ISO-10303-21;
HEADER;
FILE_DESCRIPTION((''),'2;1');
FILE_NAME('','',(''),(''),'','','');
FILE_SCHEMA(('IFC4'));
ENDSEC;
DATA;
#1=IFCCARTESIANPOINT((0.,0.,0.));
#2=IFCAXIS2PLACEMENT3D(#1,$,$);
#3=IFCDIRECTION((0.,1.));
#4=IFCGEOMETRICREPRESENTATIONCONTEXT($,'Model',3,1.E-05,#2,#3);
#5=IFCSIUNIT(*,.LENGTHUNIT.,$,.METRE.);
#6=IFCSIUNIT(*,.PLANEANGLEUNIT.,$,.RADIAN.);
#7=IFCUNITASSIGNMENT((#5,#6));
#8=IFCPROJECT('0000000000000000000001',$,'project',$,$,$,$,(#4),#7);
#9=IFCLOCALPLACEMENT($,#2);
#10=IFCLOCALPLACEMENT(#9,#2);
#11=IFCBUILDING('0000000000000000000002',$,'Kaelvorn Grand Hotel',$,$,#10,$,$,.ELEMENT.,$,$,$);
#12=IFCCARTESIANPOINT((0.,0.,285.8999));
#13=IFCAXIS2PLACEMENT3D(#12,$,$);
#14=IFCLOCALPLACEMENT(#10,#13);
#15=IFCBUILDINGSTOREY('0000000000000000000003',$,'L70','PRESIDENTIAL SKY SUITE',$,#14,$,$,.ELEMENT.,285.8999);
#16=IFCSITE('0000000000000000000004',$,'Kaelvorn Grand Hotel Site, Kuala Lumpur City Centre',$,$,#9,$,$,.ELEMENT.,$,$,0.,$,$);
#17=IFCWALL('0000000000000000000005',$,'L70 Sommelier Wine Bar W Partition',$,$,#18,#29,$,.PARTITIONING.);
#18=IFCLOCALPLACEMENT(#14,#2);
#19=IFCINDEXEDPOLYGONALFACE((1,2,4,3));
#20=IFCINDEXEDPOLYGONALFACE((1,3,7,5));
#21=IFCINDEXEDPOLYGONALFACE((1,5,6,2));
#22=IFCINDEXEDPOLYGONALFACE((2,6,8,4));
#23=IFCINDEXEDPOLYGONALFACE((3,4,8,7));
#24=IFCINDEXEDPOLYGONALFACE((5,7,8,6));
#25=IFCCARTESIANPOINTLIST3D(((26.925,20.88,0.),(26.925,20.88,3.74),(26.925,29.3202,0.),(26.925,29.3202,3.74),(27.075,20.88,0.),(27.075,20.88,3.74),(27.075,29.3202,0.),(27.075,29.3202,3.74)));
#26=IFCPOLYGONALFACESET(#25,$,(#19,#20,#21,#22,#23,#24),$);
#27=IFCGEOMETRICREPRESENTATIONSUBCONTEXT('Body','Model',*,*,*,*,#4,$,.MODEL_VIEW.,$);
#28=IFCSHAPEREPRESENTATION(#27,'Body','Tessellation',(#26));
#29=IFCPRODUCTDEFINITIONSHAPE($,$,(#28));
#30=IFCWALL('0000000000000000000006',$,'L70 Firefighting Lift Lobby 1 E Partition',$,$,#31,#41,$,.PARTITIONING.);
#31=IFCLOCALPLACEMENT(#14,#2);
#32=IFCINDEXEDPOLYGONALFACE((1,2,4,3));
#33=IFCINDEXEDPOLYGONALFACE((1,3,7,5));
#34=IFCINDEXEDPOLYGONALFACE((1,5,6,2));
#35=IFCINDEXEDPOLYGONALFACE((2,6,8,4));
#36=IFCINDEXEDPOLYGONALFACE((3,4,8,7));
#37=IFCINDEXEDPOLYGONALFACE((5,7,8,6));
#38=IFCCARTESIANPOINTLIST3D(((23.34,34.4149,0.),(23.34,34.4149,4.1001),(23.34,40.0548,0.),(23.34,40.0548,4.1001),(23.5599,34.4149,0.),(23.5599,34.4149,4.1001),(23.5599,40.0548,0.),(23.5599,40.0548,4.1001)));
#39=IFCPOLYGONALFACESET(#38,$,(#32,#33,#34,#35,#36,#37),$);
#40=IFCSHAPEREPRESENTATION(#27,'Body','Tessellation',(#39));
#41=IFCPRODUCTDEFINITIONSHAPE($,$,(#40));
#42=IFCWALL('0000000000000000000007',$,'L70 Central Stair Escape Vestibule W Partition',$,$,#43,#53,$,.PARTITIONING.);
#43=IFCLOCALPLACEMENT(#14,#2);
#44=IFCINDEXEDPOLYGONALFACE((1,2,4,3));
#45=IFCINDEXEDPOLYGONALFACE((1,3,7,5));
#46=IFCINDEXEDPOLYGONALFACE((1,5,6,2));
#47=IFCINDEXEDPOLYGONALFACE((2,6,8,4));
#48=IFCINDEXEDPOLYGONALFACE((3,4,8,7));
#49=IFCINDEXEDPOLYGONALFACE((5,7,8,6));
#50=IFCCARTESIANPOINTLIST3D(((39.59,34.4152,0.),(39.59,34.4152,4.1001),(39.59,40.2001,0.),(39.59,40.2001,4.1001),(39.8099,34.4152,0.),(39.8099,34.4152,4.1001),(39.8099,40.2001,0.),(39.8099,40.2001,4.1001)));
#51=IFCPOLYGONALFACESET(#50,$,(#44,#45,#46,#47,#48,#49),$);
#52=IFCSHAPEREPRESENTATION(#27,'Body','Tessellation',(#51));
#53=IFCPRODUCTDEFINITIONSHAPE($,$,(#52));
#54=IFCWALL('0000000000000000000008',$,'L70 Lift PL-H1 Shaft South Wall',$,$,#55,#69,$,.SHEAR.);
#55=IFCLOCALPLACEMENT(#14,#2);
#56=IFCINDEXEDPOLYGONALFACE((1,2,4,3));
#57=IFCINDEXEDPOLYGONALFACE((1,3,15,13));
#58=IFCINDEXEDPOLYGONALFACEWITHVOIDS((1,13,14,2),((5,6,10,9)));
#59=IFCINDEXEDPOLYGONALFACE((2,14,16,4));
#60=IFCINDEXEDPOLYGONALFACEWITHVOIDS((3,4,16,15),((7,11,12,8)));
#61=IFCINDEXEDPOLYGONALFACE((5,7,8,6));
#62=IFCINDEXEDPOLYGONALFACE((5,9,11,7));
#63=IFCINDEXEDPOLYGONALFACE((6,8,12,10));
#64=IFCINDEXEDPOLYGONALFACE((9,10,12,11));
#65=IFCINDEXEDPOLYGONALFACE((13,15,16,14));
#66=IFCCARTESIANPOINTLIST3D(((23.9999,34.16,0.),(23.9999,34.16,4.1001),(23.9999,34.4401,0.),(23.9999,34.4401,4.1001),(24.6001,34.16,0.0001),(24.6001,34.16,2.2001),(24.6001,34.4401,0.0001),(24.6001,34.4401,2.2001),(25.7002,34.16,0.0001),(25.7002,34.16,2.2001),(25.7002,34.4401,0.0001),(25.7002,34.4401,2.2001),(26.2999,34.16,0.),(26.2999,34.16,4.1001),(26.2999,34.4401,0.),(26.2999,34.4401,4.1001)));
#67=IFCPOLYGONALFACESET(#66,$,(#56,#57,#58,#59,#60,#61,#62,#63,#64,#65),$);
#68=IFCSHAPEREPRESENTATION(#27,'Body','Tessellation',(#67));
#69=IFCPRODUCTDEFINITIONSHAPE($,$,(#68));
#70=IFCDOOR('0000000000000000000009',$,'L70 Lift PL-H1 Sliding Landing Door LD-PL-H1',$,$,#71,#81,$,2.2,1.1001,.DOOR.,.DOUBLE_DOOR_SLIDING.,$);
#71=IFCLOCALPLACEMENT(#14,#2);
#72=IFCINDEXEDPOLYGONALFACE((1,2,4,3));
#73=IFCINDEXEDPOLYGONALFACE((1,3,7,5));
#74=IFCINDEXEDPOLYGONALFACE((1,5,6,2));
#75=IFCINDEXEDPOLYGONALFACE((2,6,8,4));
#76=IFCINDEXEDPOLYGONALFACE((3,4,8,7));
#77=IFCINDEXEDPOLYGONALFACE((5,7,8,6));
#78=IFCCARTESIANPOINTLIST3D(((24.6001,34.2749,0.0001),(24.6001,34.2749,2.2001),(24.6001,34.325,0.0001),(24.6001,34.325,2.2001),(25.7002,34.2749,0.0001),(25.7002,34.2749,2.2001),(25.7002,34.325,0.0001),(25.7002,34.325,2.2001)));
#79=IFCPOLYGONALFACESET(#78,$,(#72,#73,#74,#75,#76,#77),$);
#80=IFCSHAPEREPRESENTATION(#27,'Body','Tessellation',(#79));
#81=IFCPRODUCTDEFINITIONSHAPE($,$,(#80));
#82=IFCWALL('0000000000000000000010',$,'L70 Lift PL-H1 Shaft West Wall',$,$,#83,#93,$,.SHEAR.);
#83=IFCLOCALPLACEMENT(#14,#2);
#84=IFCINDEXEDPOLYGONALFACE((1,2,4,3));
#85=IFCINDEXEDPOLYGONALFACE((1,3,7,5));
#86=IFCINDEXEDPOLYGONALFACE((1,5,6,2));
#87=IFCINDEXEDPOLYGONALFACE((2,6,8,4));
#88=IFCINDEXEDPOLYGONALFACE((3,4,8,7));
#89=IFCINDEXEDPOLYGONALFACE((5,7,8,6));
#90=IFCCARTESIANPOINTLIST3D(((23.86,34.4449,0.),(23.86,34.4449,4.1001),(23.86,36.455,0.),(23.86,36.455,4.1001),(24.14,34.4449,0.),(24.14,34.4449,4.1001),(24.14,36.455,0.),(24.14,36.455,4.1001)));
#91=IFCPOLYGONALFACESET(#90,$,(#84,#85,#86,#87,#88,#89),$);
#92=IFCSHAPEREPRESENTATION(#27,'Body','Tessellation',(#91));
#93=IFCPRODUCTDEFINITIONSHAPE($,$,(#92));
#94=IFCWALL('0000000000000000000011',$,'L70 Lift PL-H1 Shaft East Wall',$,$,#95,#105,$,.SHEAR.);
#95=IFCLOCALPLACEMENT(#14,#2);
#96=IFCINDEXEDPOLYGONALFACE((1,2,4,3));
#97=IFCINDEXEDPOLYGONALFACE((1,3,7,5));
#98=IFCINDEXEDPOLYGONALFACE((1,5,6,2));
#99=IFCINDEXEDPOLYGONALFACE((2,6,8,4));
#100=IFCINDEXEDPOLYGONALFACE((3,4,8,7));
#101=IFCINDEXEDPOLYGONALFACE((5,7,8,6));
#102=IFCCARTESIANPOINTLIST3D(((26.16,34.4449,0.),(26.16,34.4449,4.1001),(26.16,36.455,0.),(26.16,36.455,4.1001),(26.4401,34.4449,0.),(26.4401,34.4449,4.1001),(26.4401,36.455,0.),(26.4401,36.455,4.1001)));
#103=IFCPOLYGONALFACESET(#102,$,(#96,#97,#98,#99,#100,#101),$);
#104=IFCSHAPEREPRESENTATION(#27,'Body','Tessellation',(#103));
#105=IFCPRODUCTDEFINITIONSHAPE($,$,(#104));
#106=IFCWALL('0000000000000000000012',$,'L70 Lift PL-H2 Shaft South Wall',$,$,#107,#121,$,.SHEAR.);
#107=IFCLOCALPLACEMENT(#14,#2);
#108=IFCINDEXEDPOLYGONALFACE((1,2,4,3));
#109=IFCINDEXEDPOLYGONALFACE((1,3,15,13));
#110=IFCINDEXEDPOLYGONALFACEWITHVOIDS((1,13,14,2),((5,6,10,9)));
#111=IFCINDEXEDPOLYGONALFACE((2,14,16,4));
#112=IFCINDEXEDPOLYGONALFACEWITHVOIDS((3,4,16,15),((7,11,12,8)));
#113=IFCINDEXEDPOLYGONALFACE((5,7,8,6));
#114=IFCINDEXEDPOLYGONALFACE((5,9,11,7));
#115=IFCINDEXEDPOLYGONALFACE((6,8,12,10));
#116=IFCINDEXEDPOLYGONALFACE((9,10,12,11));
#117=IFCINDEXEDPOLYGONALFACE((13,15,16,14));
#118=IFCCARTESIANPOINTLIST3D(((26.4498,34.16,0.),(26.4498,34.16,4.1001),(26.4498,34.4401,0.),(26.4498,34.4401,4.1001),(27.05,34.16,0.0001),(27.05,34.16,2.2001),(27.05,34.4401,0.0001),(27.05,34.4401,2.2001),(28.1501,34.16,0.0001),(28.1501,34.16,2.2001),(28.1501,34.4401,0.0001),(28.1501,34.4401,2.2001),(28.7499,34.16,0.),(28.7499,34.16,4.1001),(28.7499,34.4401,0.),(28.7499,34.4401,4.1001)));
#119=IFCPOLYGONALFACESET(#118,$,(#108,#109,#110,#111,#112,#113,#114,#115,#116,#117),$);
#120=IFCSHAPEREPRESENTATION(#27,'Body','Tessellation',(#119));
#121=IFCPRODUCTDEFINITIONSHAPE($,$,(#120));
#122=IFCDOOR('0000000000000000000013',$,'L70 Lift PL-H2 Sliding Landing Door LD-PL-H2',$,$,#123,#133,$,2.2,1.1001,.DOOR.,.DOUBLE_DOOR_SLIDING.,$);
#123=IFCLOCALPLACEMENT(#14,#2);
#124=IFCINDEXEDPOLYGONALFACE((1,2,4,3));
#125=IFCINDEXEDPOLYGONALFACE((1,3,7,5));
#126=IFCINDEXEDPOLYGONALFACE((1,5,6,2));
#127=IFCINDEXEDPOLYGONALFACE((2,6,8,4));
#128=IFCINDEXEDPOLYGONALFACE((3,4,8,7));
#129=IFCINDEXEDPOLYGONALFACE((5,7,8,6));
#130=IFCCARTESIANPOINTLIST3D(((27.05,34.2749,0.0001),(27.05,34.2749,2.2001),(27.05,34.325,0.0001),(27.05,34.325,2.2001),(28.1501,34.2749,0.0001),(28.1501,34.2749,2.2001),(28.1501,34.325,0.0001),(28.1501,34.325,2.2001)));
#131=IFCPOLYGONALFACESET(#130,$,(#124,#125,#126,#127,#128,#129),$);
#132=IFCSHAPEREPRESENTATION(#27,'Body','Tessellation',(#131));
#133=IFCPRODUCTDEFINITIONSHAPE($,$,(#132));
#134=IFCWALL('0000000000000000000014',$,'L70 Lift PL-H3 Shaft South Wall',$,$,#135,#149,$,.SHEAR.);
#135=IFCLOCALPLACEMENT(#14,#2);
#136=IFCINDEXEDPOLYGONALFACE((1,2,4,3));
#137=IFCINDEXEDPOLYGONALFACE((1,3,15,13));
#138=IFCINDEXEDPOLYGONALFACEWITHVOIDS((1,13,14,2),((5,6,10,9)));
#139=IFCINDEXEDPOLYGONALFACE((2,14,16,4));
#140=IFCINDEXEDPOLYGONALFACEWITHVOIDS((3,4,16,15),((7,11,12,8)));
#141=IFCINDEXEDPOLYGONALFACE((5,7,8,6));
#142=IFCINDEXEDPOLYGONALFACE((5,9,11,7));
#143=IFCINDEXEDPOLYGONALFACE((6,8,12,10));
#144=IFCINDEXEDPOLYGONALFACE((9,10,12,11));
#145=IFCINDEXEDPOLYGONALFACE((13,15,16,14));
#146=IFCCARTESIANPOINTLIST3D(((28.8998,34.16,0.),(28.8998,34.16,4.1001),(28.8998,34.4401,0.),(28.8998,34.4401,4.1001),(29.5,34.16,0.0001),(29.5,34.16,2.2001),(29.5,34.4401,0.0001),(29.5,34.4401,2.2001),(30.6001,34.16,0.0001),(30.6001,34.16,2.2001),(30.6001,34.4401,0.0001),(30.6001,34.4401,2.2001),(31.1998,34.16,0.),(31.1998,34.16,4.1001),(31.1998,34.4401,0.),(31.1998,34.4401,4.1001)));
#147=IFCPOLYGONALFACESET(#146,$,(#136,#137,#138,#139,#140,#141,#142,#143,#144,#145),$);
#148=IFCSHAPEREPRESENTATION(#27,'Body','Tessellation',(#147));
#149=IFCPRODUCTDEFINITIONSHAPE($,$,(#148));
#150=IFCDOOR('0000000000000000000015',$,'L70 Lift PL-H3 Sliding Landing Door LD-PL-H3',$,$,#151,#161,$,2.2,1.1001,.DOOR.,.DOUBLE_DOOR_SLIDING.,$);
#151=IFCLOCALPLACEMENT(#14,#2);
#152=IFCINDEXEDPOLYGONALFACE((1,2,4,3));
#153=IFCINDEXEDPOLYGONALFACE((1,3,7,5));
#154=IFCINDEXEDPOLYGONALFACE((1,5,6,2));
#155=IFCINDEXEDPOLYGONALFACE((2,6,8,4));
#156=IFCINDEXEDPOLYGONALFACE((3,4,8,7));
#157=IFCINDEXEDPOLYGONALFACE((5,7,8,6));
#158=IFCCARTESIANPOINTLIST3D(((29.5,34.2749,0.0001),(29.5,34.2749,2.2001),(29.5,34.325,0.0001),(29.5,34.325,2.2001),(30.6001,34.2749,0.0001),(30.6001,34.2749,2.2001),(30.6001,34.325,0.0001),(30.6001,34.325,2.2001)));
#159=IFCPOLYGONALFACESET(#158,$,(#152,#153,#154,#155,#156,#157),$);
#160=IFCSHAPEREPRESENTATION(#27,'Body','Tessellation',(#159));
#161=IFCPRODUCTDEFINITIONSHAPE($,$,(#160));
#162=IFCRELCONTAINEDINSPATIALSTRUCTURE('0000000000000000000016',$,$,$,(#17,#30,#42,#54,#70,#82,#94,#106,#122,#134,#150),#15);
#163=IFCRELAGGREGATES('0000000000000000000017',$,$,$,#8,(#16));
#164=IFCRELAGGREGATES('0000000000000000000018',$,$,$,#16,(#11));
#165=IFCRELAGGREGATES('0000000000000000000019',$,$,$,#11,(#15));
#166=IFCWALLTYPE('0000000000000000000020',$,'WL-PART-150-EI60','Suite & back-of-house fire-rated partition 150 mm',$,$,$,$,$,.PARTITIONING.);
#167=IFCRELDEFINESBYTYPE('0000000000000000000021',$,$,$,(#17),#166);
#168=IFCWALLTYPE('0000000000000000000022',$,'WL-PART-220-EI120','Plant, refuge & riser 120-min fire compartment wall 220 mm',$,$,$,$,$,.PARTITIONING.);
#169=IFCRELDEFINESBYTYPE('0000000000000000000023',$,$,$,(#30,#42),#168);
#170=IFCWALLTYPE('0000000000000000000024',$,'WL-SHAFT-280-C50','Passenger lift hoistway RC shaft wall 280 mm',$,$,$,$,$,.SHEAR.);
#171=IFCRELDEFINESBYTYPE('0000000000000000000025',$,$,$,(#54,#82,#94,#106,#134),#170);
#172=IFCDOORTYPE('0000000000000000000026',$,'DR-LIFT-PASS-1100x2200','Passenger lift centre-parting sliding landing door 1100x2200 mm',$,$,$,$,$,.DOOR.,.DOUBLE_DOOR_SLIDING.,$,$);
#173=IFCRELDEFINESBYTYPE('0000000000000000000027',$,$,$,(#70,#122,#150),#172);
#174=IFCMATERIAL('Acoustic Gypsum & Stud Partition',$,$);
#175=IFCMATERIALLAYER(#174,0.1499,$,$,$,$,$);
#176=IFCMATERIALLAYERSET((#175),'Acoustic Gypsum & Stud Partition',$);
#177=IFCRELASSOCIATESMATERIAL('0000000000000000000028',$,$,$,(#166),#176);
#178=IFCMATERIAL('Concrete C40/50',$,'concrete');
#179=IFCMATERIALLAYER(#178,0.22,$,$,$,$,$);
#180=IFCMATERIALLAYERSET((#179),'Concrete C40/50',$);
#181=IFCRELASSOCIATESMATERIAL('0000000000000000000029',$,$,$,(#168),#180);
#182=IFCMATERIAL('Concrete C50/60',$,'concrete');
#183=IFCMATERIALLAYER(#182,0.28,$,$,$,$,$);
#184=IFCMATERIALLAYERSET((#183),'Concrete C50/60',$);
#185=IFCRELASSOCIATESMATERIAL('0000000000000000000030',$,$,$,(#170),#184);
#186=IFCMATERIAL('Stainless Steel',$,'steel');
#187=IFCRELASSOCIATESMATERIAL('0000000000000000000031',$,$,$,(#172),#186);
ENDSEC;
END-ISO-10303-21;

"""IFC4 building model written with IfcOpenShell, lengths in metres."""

from ifc_helpers import new_model, si_unit, direction, frame, frame_2d, origin, place, context, subcontext, project, spatial, rectangle, extrude, material, layer, layer_set, type_object, element, fill, save


model = new_model("IFC4")

# Units and contexts
model_context = context("Model", 3, precision=1e-05, world=origin(), true_north=direction((0.0, 1.0)))
body_context = subcontext(model_context, "Body", "Model", "MODEL_VIEW")
ifc_project = project(units=[si_unit("LENGTHUNIT", "METRE"), si_unit("PLANEANGLEUNIT", "RADIAN")], contexts=[model_context])

# Site, building, storey
site_placement = place(None, origin())
site = spatial("IfcSite", under=ifc_project, at=site_placement, Name="Kaelvorn Grand Hotel Site, Kuala Lumpur City Centre", CompositionType="ELEMENT", RefElevation=0.0)
building_placement = place(site_placement, origin())
building = spatial("IfcBuilding", under=site, at=building_placement, Name="Kaelvorn Grand Hotel", CompositionType="ELEMENT")
storey_placement = place(building_placement, frame((0.0, 0.0, 285.8999)))
storey = spatial("IfcBuildingStorey", under=building, at=storey_placement, Name="L70", Description="PRESIDENTIAL SKY SUITE", CompositionType="ELEMENT", Elevation=285.8999)

# Shared definitions
ifc_material_1 = material(Name="Concrete C50/60", Category="concrete")

# Shared definitions
ifc_material_2 = material(Name="Acoustic Gypsum & Stud Partition")
ifc_layer_1 = layer(ifc_material_2, 0.1499)
ifc_layer_set_1 = layer_set([ifc_layer_1], Name="Acoustic Gypsum & Stud Partition")
wall_type_1 = type_object("IfcWallType", Name="WL-PART-150-EI60", Description="Suite & back-of-house fire-rated partition 150 mm", PredefinedType="PARTITIONING", material=ifc_layer_set_1)

# Walls
wall_1_placement = place(storey_placement, frame((27.0, 20.8799, 0.0), z_axis=(0.0, 0.0, 1.0), x_axis=(0.0, 1.0, 0.0)))
element("IfcWall", 1, at=wall_1_placement, inside=storey, type_object=wall_type_1, Name="L70 Sommelier Wine Bar W Partition", PredefinedType="PARTITIONING", context=body_context, shape_type="SweptSolid", body=[
    extrude(rectangle(XDim=8.4402, YDim=0.1499, at=frame_2d((4.2202, 0.0))), origin(), (0.0, 0.0, 1.0), 3.74),
])
ifc_material_3 = material(Name="Concrete C40/50", Category="concrete")
ifc_layer_2 = layer(ifc_material_3, 0.22)
ifc_layer_set_2 = layer_set([ifc_layer_2], Name="Concrete C40/50")
wall_type_2 = type_object("IfcWallType", Name="WL-PART-220-EI120", Description="Plant, refuge & riser 120-min fire compartment wall 220 mm", PredefinedType="PARTITIONING", material=ifc_layer_set_2)
wall_2_placement = place(storey_placement, frame((23.45, 34.415, 0.0), z_axis=(0.0, 0.0, 1.0), x_axis=(0.0, 1.0, 0.0)))
element("IfcWall", 2, at=wall_2_placement, inside=storey, type_object=wall_type_2, Name="L70 Firefighting Lift Lobby 1 E Partition", PredefinedType="PARTITIONING", context=body_context, shape_type="SweptSolid", body=[
    extrude(rectangle(XDim=5.6399, YDim=0.22, at=frame_2d((2.8198, 0.0))), origin(), (0.0, 0.0, 1.0), 4.1001),
])

# Wall
wall_3_placement = place(storey_placement, frame((39.7, 34.415, 0.0), z_axis=(0.0, 0.0, 1.0), x_axis=(0.0, 1.0, 0.0)))
element("IfcWall", 3, at=wall_3_placement, inside=storey, type_object=wall_type_2, Name="L70 Central Stair Escape Vestibule W Partition", PredefinedType="PARTITIONING", context=body_context, shape_type="SweptSolid", body=[
    extrude(rectangle(XDim=5.7849, YDim=0.22, at=frame_2d((2.8926, 0.0))), origin(), (0.0, 0.0, 1.0), 4.1001),
])

# Wall, opening, door
ifc_layer_3 = layer(ifc_material_1, 0.28)
ifc_layer_set_3 = layer_set([ifc_layer_3], Name="Concrete C50/60")
wall_type_3 = type_object("IfcWallType", Name="WL-SHAFT-280-C50", Description="Passenger lift hoistway RC shaft wall 280 mm", PredefinedType="SHEAR", material=ifc_layer_set_3)
wall_4_placement = place(storey_placement, frame((24.0, 34.3, 0.0), z_axis=(0.0, 0.0, 1.0), x_axis=(1.0, 0.0, 0.0)))
wall_4 = element("IfcWall", 4, at=wall_4_placement, inside=storey, type_object=wall_type_3, Name="L70 Lift PL-H1 Shaft South Wall", PredefinedType="SHEAR", context=body_context, shape_type="SweptSolid", body=[
    extrude(rectangle(XDim=2.3, YDim=0.28, at=frame_2d((1.1499, 0.0))), origin(), (0.0, 0.0, 1.0), 4.1001),
])
opening_1_placement = place(wall_4_placement, frame((0.6001, 0.0, 0.0)))
opening_1 = element("IfcOpeningElement", 5, at=opening_1_placement, cuts=wall_4, PredefinedType="OPENING", context=body_context, shape_type="SweptSolid", body=[
    extrude(rectangle(XDim=1.1001, YDim=2.2, at=frame_2d((0.55, 1.1001))), frame((0.0, 0.1499, 0.0), z_axis=(0.0, -1.0, 0.0), x_axis=(1.0, 0.0, 0.0)), (0.0, 0.0, 1.0), 0.3),
])
ifc_material_4 = material(Name="Stainless Steel", Category="steel")
door_type_1 = type_object("IfcDoorType", Name="DR-LIFT-PASS-1100x2200", Description="Passenger lift centre-parting sliding landing door 1100x2200 mm", OperationType="DOUBLE_DOOR_SLIDING", PredefinedType="DOOR", material=ifc_material_4)
door_1_placement = place(opening_1_placement, origin())
door_1 = element("IfcDoor", 6, at=door_1_placement, inside=storey, type_object=door_type_1, Name="L70 Lift PL-H1 Sliding Landing Door LD-PL-H1", OperationType="DOUBLE_DOOR_SLIDING", OverallHeight=2.2, OverallWidth=1.1001, PredefinedType="DOOR", context=body_context, shape_type="SweptSolid", body=[
    extrude(rectangle(XDim=1.1001, YDim=2.2, at=frame_2d((0.55, 1.1001))), frame((0.0, 0.0249, 0.0), z_axis=(0.0, -1.0, 0.0), x_axis=(1.0, 0.0, 0.0)), (0.0, 0.0, 1.0), 0.05),
])
fill(opening_1, door_1)

# Walls
for number, where, z_axis, x_axis, name in (
    (7, (24.0, 34.4451, 0.0), (0.0, 0.0, 1.0), (0.0, 1.0, 0.0), "L70 Lift PL-H1 Shaft West Wall"),
    (8, (26.3, 34.4451, 0.0), (0.0, 0.0, 1.0), (0.0, 1.0, 0.0), "L70 Lift PL-H1 Shaft East Wall"),
):
    element("IfcWall", number, at=place(storey_placement, frame(where, z_axis=z_axis, x_axis=x_axis)), inside=storey, type_object=wall_type_3, Name=name, PredefinedType="SHEAR", context=body_context, shape_type="SweptSolid", body=[
        extrude(rectangle(XDim=2.01, YDim=0.28, at=frame_2d((1.0049, 0.0))), origin(), (0.0, 0.0, 1.0), 4.1001),
    ])

# Walls, openings, doors
wall_5_placement = place(storey_placement, frame((26.45, 34.3, 0.0), z_axis=(0.0, 0.0, 1.0), x_axis=(1.0, 0.0, 0.0)))
wall_5 = element("IfcWall", 9, at=wall_5_placement, inside=storey, type_object=wall_type_3, Name="L70 Lift PL-H2 Shaft South Wall", PredefinedType="SHEAR", context=body_context, shape_type="SweptSolid", body=[
    extrude(rectangle(XDim=2.3, YDim=0.28, at=frame_2d((1.1499, 0.0))), origin(), (0.0, 0.0, 1.0), 4.1001),
])
opening_2_placement = place(wall_5_placement, frame((0.6001, 0.0, 0.0)))
opening_2 = element("IfcOpeningElement", 10, at=opening_2_placement, cuts=wall_5, PredefinedType="OPENING", context=body_context, shape_type="SweptSolid", body=[
    extrude(rectangle(XDim=1.1001, YDim=2.2, at=frame_2d((0.55, 1.1001))), frame((0.0, 0.1499, 0.0), z_axis=(0.0, -1.0, 0.0), x_axis=(1.0, 0.0, 0.0)), (0.0, 0.0, 1.0), 0.3),
])
door_2_placement = place(opening_2_placement, origin())
door_2 = element("IfcDoor", 11, at=door_2_placement, inside=storey, type_object=door_type_1, Name="L70 Lift PL-H2 Sliding Landing Door LD-PL-H2", OperationType="DOUBLE_DOOR_SLIDING", OverallHeight=2.2, OverallWidth=1.1001, PredefinedType="DOOR", context=body_context, shape_type="SweptSolid", body=[
    extrude(rectangle(XDim=1.1001, YDim=2.2, at=frame_2d((0.55, 1.1001))), frame((0.0, 0.0249, 0.0), z_axis=(0.0, -1.0, 0.0), x_axis=(1.0, 0.0, 0.0)), (0.0, 0.0, 1.0), 0.05),
])
fill(opening_2, door_2)
wall_6_placement = place(storey_placement, frame((28.8999, 34.3, 0.0), z_axis=(0.0, 0.0, 1.0), x_axis=(1.0, 0.0, 0.0)))
wall_6 = element("IfcWall", 12, at=wall_6_placement, inside=storey, type_object=wall_type_3, Name="L70 Lift PL-H3 Shaft South Wall", PredefinedType="SHEAR", context=body_context, shape_type="SweptSolid", body=[
    extrude(rectangle(XDim=2.3, YDim=0.28, at=frame_2d((1.1499, 0.0))), origin(), (0.0, 0.0, 1.0), 4.1001),
])
opening_3_placement = place(wall_6_placement, frame((0.6001, 0.0, 0.0)))
opening_3 = element("IfcOpeningElement", 13, at=opening_3_placement, cuts=wall_6, PredefinedType="OPENING", context=body_context, shape_type="SweptSolid", body=[
    extrude(rectangle(XDim=1.1001, YDim=2.2, at=frame_2d((0.55, 1.1001))), frame((0.0, 0.1499, 0.0), z_axis=(0.0, -1.0, 0.0), x_axis=(1.0, 0.0, 0.0)), (0.0, 0.0, 1.0), 0.3),
])
door_3_placement = place(opening_3_placement, origin())
door_3 = element("IfcDoor", 14, at=door_3_placement, inside=storey, type_object=door_type_1, Name="L70 Lift PL-H3 Sliding Landing Door LD-PL-H3", OperationType="DOUBLE_DOOR_SLIDING", OverallHeight=2.2, OverallWidth=1.1001, PredefinedType="DOOR", context=body_context, shape_type="SweptSolid", body=[
    extrude(rectangle(XDim=1.1001, YDim=2.2, at=frame_2d((0.55, 1.1001))), frame((0.0, 0.0249, 0.0), z_axis=(0.0, -1.0, 0.0), x_axis=(1.0, 0.0, 0.0)), (0.0, 0.0, 1.0), 0.05),
])
fill(opening_3, door_3)

save(model, "model.ifc")
